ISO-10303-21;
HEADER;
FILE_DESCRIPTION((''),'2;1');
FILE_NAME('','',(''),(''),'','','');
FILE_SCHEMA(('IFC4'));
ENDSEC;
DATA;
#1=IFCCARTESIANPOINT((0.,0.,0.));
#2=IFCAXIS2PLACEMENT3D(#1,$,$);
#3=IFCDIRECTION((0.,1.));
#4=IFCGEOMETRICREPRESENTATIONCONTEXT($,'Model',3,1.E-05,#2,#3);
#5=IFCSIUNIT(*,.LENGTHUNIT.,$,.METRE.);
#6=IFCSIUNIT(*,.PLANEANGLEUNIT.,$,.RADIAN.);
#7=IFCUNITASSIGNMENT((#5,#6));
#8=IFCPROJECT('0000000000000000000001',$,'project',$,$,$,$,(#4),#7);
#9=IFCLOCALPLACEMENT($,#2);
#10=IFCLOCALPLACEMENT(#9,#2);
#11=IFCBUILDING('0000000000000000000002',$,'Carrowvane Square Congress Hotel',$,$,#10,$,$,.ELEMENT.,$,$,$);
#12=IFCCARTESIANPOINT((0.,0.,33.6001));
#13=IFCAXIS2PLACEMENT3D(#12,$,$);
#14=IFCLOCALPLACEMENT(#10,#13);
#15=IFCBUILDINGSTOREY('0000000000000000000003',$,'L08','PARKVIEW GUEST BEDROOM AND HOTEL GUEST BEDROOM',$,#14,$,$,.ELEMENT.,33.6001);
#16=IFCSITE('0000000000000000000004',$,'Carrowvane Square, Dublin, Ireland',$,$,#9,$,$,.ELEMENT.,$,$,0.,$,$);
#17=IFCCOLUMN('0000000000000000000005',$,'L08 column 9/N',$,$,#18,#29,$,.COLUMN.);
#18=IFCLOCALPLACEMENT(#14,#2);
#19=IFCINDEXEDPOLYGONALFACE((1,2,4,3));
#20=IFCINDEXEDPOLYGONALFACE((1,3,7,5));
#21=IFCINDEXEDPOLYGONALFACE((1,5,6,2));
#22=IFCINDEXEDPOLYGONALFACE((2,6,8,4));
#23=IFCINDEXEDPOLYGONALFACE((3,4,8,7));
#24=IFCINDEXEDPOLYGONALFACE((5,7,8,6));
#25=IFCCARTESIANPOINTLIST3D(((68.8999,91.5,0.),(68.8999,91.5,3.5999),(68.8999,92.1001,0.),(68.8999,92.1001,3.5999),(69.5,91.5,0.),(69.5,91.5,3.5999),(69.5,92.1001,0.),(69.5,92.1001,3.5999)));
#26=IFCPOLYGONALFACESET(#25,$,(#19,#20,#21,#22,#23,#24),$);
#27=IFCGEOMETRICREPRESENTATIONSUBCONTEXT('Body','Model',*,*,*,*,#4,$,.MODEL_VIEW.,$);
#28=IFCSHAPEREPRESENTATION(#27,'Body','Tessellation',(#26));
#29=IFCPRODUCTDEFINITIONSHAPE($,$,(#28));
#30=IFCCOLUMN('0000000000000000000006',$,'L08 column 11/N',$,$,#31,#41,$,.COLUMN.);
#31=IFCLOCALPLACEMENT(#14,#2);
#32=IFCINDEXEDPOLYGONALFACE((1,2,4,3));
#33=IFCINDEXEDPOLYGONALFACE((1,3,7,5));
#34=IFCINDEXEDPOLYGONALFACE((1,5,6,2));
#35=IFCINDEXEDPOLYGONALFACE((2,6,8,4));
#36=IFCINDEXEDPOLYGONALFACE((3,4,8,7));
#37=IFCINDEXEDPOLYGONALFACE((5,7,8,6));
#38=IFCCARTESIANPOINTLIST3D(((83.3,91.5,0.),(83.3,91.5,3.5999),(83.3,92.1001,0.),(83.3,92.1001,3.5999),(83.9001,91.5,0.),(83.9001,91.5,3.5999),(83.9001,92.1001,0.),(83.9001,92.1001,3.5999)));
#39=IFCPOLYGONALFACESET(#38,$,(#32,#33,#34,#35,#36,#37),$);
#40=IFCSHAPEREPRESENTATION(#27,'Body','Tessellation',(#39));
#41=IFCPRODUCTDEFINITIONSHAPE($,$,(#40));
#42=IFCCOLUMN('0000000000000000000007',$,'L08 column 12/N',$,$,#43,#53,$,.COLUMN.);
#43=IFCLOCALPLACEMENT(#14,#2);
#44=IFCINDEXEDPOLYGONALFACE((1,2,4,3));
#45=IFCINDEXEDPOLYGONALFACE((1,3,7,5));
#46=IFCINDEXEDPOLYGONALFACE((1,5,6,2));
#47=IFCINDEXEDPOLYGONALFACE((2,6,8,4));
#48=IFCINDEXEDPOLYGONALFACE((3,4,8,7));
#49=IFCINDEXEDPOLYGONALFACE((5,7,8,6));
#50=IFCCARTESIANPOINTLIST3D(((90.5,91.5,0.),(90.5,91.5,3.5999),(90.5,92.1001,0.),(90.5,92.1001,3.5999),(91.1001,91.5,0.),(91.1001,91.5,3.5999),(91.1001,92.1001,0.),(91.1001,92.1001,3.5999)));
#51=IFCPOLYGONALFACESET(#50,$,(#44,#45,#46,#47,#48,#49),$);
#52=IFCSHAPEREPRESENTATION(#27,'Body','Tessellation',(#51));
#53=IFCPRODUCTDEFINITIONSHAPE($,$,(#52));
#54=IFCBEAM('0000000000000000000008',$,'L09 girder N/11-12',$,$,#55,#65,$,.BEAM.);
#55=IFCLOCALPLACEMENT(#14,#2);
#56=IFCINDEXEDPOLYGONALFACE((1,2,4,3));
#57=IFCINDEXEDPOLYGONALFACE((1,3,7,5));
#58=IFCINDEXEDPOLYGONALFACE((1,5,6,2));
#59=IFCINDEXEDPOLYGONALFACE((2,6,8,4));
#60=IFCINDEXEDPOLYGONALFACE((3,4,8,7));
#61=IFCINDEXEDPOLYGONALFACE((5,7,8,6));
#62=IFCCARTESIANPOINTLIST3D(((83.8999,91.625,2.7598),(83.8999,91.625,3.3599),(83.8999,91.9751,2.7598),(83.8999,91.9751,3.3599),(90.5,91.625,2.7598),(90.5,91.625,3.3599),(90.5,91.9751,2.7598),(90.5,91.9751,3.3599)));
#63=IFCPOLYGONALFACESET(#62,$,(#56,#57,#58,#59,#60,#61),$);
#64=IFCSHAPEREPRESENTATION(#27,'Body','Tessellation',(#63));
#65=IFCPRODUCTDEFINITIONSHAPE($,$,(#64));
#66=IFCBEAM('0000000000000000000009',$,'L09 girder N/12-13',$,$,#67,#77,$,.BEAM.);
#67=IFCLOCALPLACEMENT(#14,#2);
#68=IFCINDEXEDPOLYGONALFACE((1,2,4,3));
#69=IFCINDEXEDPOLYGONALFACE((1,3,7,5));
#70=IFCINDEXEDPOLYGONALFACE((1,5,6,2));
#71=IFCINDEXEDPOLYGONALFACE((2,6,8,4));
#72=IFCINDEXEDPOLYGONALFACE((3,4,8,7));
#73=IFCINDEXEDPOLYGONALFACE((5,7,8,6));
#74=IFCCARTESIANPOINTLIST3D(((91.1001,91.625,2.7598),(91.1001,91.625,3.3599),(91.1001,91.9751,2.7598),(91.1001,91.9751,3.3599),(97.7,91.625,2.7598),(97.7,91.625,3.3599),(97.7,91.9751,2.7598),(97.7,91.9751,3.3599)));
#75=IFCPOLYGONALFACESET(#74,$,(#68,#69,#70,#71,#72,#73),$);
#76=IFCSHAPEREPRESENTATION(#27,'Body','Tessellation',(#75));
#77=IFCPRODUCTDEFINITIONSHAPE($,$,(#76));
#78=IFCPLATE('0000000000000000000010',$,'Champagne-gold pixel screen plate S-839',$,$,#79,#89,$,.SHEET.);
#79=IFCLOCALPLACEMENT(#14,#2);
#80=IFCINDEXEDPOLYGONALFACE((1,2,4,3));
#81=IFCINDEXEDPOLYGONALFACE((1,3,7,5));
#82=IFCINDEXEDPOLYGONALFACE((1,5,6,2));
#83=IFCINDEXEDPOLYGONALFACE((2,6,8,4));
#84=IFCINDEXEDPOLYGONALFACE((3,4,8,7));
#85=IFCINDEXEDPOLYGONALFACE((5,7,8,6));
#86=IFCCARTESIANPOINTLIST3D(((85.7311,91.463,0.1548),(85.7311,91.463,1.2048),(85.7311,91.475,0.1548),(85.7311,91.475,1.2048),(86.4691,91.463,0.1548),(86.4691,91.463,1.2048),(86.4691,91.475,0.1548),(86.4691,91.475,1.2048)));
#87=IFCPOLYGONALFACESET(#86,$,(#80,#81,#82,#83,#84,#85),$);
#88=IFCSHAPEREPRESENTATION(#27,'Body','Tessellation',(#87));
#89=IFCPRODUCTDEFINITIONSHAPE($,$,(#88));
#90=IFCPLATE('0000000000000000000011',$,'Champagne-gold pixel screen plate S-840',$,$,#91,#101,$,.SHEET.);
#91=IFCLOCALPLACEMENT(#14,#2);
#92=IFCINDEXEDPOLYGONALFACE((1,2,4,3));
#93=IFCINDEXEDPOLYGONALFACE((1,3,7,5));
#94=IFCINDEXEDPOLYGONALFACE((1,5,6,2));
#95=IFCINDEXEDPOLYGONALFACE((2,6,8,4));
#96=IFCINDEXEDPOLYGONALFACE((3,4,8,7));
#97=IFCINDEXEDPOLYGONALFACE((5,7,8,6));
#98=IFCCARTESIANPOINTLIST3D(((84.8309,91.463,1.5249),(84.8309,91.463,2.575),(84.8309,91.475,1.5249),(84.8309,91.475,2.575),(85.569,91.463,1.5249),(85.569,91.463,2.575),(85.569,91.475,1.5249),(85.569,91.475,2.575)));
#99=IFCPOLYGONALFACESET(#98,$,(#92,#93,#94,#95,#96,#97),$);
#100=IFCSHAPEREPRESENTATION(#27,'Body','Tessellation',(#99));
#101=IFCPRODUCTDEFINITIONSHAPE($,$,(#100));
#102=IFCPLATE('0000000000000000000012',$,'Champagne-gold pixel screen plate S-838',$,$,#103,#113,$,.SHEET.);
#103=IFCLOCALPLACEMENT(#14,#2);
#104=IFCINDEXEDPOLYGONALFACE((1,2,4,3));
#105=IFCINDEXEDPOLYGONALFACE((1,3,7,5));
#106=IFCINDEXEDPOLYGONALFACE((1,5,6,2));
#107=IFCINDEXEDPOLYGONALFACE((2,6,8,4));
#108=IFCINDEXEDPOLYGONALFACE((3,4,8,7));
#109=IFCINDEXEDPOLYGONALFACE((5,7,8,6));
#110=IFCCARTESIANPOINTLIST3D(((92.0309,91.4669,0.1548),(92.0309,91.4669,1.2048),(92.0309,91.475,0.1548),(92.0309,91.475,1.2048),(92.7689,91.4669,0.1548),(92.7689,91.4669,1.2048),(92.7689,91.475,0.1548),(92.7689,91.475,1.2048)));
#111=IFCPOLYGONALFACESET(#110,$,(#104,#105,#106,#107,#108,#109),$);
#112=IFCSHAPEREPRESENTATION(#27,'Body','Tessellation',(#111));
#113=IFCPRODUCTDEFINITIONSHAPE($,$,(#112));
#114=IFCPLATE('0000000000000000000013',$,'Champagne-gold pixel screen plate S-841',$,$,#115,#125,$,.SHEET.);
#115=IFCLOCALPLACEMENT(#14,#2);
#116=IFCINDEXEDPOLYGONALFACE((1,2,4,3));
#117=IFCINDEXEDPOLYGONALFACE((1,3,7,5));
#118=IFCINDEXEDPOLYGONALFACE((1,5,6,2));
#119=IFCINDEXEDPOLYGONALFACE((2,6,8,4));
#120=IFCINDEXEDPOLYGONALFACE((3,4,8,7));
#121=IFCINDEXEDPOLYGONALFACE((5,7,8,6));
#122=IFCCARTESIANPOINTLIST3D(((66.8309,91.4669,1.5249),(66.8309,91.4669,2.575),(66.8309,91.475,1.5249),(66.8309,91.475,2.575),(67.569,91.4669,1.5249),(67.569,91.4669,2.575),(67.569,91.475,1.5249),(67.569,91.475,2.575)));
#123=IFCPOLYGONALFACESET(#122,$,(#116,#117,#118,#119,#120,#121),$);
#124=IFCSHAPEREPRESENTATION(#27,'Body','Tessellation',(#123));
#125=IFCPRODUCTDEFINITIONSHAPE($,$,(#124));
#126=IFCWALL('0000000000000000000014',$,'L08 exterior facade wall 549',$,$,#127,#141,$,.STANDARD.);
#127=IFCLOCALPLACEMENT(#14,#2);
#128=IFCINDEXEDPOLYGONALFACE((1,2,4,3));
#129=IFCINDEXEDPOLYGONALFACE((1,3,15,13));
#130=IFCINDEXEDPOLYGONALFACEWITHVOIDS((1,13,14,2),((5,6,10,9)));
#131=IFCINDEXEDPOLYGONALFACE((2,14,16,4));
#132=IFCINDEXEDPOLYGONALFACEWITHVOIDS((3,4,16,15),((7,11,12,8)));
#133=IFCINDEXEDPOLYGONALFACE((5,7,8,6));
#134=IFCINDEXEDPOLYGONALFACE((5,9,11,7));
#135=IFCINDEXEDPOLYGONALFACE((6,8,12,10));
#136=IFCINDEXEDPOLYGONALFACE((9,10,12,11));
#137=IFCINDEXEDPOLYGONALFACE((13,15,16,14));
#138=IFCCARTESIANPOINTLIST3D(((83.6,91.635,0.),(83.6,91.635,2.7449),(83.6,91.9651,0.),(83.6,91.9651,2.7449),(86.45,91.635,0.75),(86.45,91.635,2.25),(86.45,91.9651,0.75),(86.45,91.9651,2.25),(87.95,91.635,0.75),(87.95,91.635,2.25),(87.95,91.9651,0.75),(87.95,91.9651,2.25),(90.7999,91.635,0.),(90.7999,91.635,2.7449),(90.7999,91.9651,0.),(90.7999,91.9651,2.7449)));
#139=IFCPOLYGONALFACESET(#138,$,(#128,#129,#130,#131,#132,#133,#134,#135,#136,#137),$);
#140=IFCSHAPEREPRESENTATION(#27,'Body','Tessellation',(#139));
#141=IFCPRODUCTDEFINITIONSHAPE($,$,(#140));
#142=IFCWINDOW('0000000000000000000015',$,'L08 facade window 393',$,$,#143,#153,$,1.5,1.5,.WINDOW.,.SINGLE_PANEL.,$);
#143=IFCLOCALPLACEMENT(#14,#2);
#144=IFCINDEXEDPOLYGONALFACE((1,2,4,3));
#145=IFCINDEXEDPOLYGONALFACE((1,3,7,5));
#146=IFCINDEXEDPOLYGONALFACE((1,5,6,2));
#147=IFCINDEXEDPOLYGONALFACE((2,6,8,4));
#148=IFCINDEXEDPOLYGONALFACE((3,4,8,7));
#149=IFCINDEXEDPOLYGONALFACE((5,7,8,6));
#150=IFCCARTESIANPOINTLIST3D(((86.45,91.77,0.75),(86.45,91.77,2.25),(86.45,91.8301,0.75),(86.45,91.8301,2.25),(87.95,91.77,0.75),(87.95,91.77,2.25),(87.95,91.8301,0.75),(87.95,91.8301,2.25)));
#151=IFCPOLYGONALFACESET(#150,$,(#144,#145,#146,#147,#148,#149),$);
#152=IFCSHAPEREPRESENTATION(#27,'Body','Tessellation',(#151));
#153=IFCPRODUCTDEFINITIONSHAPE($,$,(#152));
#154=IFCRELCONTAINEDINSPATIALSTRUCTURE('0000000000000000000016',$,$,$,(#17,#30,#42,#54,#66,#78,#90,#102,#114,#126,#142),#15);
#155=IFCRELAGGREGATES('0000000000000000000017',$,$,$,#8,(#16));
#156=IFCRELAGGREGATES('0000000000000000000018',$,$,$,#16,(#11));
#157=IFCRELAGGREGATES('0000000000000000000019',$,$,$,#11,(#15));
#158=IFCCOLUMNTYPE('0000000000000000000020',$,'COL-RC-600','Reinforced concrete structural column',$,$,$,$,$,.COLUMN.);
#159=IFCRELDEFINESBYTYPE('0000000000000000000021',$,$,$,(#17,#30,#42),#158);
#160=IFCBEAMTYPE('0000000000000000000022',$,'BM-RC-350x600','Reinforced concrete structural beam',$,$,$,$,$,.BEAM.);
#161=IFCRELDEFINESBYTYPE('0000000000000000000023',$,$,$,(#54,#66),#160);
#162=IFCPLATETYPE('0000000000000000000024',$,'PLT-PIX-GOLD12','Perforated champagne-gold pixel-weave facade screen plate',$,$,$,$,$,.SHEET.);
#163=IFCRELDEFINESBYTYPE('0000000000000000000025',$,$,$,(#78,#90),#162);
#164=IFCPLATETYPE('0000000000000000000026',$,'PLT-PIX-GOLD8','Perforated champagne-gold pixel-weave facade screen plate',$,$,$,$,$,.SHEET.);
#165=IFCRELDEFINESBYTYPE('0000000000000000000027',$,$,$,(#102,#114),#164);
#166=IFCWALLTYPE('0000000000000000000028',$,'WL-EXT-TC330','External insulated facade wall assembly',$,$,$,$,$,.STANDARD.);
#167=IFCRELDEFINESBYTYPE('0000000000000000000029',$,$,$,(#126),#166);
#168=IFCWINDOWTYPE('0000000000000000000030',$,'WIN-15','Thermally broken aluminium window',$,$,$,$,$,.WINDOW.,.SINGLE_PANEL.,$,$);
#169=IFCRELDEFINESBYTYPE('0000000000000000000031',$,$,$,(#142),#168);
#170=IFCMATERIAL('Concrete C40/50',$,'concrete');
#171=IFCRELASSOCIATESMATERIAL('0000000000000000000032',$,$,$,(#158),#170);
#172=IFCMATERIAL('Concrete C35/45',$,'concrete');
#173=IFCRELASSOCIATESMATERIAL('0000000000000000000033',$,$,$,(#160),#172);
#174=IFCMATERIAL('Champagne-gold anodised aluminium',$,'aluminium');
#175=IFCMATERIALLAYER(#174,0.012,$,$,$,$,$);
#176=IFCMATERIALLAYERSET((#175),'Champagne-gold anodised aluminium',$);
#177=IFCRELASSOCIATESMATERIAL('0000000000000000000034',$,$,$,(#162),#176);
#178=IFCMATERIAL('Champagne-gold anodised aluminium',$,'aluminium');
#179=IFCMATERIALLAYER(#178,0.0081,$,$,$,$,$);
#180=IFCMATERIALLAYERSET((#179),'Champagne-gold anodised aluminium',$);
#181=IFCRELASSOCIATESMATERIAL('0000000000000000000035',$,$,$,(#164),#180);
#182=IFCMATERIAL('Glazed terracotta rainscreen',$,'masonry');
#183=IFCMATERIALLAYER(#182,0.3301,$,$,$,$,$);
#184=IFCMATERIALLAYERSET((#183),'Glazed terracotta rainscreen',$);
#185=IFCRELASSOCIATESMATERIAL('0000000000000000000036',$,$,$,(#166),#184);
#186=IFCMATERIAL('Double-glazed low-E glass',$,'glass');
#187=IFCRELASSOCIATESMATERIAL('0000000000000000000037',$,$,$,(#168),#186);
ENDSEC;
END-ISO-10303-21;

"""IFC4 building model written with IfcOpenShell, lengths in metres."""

from ifc_helpers import new_model, si_unit, direction, frame, frame_2d, origin, origin_2d, place, context, subcontext, project, spatial, rectangle, extrude, material, layer, layer_set, material_profile, profile_set, type_object, element, fill, save


model = new_model("IFC4")

# Units and contexts
model_context = context("Model", 3, precision=1e-05, world=origin(), true_north=direction((0.0, 1.0)))
body_context = subcontext(model_context, "Body", "Model", "MODEL_VIEW")
ifc_project = project(units=[si_unit("LENGTHUNIT", "METRE"), si_unit("PLANEANGLEUNIT", "RADIAN")], contexts=[model_context])

# Site, building, storey
site_placement = place(None, origin())
site = spatial("IfcSite", under=ifc_project, at=site_placement, Name="Carrowvane Square, Dublin, Ireland", CompositionType="ELEMENT", RefElevation=0.0)
building_placement = place(site_placement, origin())
building = spatial("IfcBuilding", under=site, at=building_placement, Name="Carrowvane Square Congress Hotel", CompositionType="ELEMENT")
storey_placement = place(building_placement, frame((0.0, 0.0, 33.6001)))
storey = spatial("IfcBuildingStorey", under=building, at=storey_placement, Name="L08", Description="PARKVIEW GUEST BEDROOM AND HOTEL GUEST BEDROOM", CompositionType="ELEMENT", Elevation=33.6001)

# Columns
ifc_material_1 = material(Name="Concrete C40/50", Category="concrete")
ifc_material_profile_1 = material_profile(ifc_material_1, rectangle(XDim=0.6001, YDim=0.6001, at=origin_2d()), Name="RC 600x600")
ifc_profile_set_1 = profile_set([ifc_material_profile_1], Name="Concrete C40/50")
column_type = type_object("IfcColumnType", Name="COL-RC-600", Description="Reinforced concrete structural column", PredefinedType="COLUMN", material=ifc_profile_set_1)
for number, where, z_axis, x_axis, name in (
    (1, (69.2, 91.8, 0.0), (0.0, 0.0, 1.0), (1.0, 0.0, 0.0), "L08 column 9/N"),
    (2, (83.6001, 91.8, 0.0), (0.0, 0.0, 1.0), (1.0, 0.0, 0.0), "L08 column 11/N"),
    (3, (90.8, 91.8, 0.0), (0.0, 0.0, 1.0), (1.0, 0.0, 0.0), "L08 column 12/N"),
):
    element("IfcColumn", number, at=place(storey_placement, frame(where, z_axis=z_axis, x_axis=x_axis)), inside=storey, type_object=column_type, Name=name, PredefinedType="COLUMN", context=body_context, shape_type="SweptSolid", body=[
        extrude(rectangle(XDim=0.6001, YDim=0.6001, at=origin_2d()), origin(), (0.0, 0.0, 1.0), 3.5999),
    ])

# Beams
ifc_material_2 = material(Name="Concrete C35/45", Category="concrete")
ifc_material_profile_2 = material_profile(ifc_material_2, rectangle(XDim=0.3501, YDim=0.6001, at=origin_2d()), Name="RC 350x600")
ifc_profile_set_2 = profile_set([ifc_material_profile_2], Name="Concrete C35/45")
beam_type = type_object("IfcBeamType", Name="BM-RC-350x600", Description="Reinforced concrete structural beam", PredefinedType="BEAM", material=ifc_profile_set_2)
beam_1_placement = place(storey_placement, frame((83.8999, 91.8, 3.0598), z_axis=(1.0, 0.0, 0.0), x_axis=(0.0, 1.0, 0.0)))
element("IfcBeam", 4, at=beam_1_placement, inside=storey, type_object=beam_type, Name="L09 girder N/11-12", PredefinedType="BEAM", context=body_context, shape_type="SweptSolid", body=[
    extrude(rectangle(XDim=0.3501, YDim=0.6001, at=origin_2d()), origin(), (0.0, 0.0, 1.0), 6.6001),
])
beam_2_placement = place(storey_placement, frame((91.1001, 91.8, 3.0598), z_axis=(1.0, 0.0, 0.0), x_axis=(0.0, 1.0, 0.0)))
element("IfcBeam", 5, at=beam_2_placement, inside=storey, type_object=beam_type, Name="L09 girder N/12-13", PredefinedType="BEAM", context=body_context, shape_type="SweptSolid", body=[
    extrude(rectangle(XDim=0.3501, YDim=0.6001, at=origin_2d()), origin(), (0.0, 0.0, 1.0), 6.5999),
])

# Plates
ifc_material_3 = material(Name="Champagne-gold anodised aluminium", Category="aluminium")
ifc_layer_1 = layer(ifc_material_3, 0.012)
ifc_layer_set_1 = layer_set([ifc_layer_1], Name="Champagne-gold anodised aluminium")
plate_type_1 = type_object("IfcPlateType", Name="PLT-PIX-GOLD12", Description="Perforated champagne-gold pixel-weave facade screen plate", PredefinedType="SHEET", material=ifc_layer_set_1)
for number, where, z_axis, x_axis, name in (
    (6, (86.1001, 91.469, 0.1548), (0.0, 0.0, 1.0), (-1.0, 0.0, 0.0), "Champagne-gold pixel screen plate S-839"),
    (7, (85.2, 91.469, 1.5249), (0.0, 0.0, 1.0), (-1.0, 0.0, 0.0), "Champagne-gold pixel screen plate S-840"),
):
    element("IfcPlate", number, at=place(storey_placement, frame(where, z_axis=z_axis, x_axis=x_axis)), inside=storey, type_object=plate_type_1, Name=name, PredefinedType="SHEET", context=body_context, shape_type="SweptSolid", body=[
        extrude(rectangle(XDim=0.738, YDim=0.012, at=origin_2d()), origin(), (0.0, 0.0, 1.0), 1.05),
    ])
ifc_material_4 = material(Name="Champagne-gold anodised aluminium", Category="aluminium")
ifc_layer_2 = layer(ifc_material_4, 0.0081)
ifc_layer_set_2 = layer_set([ifc_layer_2], Name="Champagne-gold anodised aluminium")
plate_type_2 = type_object("IfcPlateType", Name="PLT-PIX-GOLD8", Description="Perforated champagne-gold pixel-weave facade screen plate", PredefinedType="SHEET", material=ifc_layer_set_2)
for number, where, z_axis, x_axis, name in (
    (8, (92.3999, 91.4709, 0.1548), (0.0, 0.0, 1.0), (-1.0, 0.0, 0.0), "Champagne-gold pixel screen plate S-838"),
    (9, (67.2, 91.4709, 1.5249), (0.0, 0.0, 1.0), (-1.0, 0.0, 0.0), "Champagne-gold pixel screen plate S-841"),
):
    element("IfcPlate", number, at=place(storey_placement, frame(where, z_axis=z_axis, x_axis=x_axis)), inside=storey, type_object=plate_type_2, Name=name, PredefinedType="SHEET", context=body_context, shape_type="SweptSolid", body=[
        extrude(rectangle(XDim=0.738, YDim=0.0081, at=origin_2d()), origin(), (0.0, 0.0, 1.0), 1.05),
    ])

# Wall, opening, window
ifc_material_5 = material(Name="Glazed terracotta rainscreen", Category="masonry")
ifc_layer_3 = layer(ifc_material_5, 0.3301)
ifc_layer_set_3 = layer_set([ifc_layer_3], Name="Glazed terracotta rainscreen")
wall_type = type_object("IfcWallType", Name="WL-EXT-TC330", Description="External insulated facade wall assembly", PredefinedType="STANDARD", material=ifc_layer_set_3)
wall_1_placement = place(storey_placement, frame((90.8, 91.8, 0.0), z_axis=(0.0, 0.0, 1.0), x_axis=(-1.0, 0.0, 0.0)))
wall_1 = element("IfcWall", 10, at=wall_1_placement, inside=storey, type_object=wall_type, Name="L08 exterior facade wall 549", PredefinedType="STANDARD", context=body_context, shape_type="SweptSolid", body=[
    extrude(rectangle(XDim=7.2, YDim=0.3301, at=frame_2d((3.6001, 0.0))), origin(), (0.0, 0.0, 1.0), 2.7449),
])
opening_1_placement = place(wall_1_placement, frame((2.8501, 0.0, 0.75)))
opening_1 = element("IfcOpeningElement", 11, at=opening_1_placement, cuts=wall_1, PredefinedType="OPENING", context=body_context, shape_type="SweptSolid", body=[
    extrude(rectangle(XDim=1.5, YDim=1.5, at=frame_2d((0.75, 0.75))), frame((0.0, 0.175, 0.0), z_axis=(0.0, -1.0, 0.0), x_axis=(1.0, 0.0, 0.0)), (0.0, 0.0, 1.0), 0.3501),
])
ifc_material_6 = material(Name="Double-glazed low-E glass", Category="glass")
window_type_1 = type_object("IfcWindowType", Name="WIN-15", Description="Thermally broken aluminium window", PartitioningType="SINGLE_PANEL", PredefinedType="WINDOW", material=ifc_material_6)
window_1_placement = place(opening_1_placement, origin())
window_1 = element("IfcWindow", 12, at=window_1_placement, inside=storey, type_object=window_type_1, Name="L08 facade window 393", OverallHeight=1.5, OverallWidth=1.5, PartitioningType="SINGLE_PANEL", PredefinedType="WINDOW", context=body_context, shape_type="SweptSolid", body=[
    extrude(rectangle(XDim=1.5, YDim=1.5, at=frame_2d((0.75, 0.75))), frame((0.0, 0.03, 0.0), z_axis=(0.0, -1.0, 0.0), x_axis=(1.0, 0.0, 0.0)), (0.0, 0.0, 1.0), 0.0601),
])
fill(opening_1, window_1)

save(model, "model.ifc")
